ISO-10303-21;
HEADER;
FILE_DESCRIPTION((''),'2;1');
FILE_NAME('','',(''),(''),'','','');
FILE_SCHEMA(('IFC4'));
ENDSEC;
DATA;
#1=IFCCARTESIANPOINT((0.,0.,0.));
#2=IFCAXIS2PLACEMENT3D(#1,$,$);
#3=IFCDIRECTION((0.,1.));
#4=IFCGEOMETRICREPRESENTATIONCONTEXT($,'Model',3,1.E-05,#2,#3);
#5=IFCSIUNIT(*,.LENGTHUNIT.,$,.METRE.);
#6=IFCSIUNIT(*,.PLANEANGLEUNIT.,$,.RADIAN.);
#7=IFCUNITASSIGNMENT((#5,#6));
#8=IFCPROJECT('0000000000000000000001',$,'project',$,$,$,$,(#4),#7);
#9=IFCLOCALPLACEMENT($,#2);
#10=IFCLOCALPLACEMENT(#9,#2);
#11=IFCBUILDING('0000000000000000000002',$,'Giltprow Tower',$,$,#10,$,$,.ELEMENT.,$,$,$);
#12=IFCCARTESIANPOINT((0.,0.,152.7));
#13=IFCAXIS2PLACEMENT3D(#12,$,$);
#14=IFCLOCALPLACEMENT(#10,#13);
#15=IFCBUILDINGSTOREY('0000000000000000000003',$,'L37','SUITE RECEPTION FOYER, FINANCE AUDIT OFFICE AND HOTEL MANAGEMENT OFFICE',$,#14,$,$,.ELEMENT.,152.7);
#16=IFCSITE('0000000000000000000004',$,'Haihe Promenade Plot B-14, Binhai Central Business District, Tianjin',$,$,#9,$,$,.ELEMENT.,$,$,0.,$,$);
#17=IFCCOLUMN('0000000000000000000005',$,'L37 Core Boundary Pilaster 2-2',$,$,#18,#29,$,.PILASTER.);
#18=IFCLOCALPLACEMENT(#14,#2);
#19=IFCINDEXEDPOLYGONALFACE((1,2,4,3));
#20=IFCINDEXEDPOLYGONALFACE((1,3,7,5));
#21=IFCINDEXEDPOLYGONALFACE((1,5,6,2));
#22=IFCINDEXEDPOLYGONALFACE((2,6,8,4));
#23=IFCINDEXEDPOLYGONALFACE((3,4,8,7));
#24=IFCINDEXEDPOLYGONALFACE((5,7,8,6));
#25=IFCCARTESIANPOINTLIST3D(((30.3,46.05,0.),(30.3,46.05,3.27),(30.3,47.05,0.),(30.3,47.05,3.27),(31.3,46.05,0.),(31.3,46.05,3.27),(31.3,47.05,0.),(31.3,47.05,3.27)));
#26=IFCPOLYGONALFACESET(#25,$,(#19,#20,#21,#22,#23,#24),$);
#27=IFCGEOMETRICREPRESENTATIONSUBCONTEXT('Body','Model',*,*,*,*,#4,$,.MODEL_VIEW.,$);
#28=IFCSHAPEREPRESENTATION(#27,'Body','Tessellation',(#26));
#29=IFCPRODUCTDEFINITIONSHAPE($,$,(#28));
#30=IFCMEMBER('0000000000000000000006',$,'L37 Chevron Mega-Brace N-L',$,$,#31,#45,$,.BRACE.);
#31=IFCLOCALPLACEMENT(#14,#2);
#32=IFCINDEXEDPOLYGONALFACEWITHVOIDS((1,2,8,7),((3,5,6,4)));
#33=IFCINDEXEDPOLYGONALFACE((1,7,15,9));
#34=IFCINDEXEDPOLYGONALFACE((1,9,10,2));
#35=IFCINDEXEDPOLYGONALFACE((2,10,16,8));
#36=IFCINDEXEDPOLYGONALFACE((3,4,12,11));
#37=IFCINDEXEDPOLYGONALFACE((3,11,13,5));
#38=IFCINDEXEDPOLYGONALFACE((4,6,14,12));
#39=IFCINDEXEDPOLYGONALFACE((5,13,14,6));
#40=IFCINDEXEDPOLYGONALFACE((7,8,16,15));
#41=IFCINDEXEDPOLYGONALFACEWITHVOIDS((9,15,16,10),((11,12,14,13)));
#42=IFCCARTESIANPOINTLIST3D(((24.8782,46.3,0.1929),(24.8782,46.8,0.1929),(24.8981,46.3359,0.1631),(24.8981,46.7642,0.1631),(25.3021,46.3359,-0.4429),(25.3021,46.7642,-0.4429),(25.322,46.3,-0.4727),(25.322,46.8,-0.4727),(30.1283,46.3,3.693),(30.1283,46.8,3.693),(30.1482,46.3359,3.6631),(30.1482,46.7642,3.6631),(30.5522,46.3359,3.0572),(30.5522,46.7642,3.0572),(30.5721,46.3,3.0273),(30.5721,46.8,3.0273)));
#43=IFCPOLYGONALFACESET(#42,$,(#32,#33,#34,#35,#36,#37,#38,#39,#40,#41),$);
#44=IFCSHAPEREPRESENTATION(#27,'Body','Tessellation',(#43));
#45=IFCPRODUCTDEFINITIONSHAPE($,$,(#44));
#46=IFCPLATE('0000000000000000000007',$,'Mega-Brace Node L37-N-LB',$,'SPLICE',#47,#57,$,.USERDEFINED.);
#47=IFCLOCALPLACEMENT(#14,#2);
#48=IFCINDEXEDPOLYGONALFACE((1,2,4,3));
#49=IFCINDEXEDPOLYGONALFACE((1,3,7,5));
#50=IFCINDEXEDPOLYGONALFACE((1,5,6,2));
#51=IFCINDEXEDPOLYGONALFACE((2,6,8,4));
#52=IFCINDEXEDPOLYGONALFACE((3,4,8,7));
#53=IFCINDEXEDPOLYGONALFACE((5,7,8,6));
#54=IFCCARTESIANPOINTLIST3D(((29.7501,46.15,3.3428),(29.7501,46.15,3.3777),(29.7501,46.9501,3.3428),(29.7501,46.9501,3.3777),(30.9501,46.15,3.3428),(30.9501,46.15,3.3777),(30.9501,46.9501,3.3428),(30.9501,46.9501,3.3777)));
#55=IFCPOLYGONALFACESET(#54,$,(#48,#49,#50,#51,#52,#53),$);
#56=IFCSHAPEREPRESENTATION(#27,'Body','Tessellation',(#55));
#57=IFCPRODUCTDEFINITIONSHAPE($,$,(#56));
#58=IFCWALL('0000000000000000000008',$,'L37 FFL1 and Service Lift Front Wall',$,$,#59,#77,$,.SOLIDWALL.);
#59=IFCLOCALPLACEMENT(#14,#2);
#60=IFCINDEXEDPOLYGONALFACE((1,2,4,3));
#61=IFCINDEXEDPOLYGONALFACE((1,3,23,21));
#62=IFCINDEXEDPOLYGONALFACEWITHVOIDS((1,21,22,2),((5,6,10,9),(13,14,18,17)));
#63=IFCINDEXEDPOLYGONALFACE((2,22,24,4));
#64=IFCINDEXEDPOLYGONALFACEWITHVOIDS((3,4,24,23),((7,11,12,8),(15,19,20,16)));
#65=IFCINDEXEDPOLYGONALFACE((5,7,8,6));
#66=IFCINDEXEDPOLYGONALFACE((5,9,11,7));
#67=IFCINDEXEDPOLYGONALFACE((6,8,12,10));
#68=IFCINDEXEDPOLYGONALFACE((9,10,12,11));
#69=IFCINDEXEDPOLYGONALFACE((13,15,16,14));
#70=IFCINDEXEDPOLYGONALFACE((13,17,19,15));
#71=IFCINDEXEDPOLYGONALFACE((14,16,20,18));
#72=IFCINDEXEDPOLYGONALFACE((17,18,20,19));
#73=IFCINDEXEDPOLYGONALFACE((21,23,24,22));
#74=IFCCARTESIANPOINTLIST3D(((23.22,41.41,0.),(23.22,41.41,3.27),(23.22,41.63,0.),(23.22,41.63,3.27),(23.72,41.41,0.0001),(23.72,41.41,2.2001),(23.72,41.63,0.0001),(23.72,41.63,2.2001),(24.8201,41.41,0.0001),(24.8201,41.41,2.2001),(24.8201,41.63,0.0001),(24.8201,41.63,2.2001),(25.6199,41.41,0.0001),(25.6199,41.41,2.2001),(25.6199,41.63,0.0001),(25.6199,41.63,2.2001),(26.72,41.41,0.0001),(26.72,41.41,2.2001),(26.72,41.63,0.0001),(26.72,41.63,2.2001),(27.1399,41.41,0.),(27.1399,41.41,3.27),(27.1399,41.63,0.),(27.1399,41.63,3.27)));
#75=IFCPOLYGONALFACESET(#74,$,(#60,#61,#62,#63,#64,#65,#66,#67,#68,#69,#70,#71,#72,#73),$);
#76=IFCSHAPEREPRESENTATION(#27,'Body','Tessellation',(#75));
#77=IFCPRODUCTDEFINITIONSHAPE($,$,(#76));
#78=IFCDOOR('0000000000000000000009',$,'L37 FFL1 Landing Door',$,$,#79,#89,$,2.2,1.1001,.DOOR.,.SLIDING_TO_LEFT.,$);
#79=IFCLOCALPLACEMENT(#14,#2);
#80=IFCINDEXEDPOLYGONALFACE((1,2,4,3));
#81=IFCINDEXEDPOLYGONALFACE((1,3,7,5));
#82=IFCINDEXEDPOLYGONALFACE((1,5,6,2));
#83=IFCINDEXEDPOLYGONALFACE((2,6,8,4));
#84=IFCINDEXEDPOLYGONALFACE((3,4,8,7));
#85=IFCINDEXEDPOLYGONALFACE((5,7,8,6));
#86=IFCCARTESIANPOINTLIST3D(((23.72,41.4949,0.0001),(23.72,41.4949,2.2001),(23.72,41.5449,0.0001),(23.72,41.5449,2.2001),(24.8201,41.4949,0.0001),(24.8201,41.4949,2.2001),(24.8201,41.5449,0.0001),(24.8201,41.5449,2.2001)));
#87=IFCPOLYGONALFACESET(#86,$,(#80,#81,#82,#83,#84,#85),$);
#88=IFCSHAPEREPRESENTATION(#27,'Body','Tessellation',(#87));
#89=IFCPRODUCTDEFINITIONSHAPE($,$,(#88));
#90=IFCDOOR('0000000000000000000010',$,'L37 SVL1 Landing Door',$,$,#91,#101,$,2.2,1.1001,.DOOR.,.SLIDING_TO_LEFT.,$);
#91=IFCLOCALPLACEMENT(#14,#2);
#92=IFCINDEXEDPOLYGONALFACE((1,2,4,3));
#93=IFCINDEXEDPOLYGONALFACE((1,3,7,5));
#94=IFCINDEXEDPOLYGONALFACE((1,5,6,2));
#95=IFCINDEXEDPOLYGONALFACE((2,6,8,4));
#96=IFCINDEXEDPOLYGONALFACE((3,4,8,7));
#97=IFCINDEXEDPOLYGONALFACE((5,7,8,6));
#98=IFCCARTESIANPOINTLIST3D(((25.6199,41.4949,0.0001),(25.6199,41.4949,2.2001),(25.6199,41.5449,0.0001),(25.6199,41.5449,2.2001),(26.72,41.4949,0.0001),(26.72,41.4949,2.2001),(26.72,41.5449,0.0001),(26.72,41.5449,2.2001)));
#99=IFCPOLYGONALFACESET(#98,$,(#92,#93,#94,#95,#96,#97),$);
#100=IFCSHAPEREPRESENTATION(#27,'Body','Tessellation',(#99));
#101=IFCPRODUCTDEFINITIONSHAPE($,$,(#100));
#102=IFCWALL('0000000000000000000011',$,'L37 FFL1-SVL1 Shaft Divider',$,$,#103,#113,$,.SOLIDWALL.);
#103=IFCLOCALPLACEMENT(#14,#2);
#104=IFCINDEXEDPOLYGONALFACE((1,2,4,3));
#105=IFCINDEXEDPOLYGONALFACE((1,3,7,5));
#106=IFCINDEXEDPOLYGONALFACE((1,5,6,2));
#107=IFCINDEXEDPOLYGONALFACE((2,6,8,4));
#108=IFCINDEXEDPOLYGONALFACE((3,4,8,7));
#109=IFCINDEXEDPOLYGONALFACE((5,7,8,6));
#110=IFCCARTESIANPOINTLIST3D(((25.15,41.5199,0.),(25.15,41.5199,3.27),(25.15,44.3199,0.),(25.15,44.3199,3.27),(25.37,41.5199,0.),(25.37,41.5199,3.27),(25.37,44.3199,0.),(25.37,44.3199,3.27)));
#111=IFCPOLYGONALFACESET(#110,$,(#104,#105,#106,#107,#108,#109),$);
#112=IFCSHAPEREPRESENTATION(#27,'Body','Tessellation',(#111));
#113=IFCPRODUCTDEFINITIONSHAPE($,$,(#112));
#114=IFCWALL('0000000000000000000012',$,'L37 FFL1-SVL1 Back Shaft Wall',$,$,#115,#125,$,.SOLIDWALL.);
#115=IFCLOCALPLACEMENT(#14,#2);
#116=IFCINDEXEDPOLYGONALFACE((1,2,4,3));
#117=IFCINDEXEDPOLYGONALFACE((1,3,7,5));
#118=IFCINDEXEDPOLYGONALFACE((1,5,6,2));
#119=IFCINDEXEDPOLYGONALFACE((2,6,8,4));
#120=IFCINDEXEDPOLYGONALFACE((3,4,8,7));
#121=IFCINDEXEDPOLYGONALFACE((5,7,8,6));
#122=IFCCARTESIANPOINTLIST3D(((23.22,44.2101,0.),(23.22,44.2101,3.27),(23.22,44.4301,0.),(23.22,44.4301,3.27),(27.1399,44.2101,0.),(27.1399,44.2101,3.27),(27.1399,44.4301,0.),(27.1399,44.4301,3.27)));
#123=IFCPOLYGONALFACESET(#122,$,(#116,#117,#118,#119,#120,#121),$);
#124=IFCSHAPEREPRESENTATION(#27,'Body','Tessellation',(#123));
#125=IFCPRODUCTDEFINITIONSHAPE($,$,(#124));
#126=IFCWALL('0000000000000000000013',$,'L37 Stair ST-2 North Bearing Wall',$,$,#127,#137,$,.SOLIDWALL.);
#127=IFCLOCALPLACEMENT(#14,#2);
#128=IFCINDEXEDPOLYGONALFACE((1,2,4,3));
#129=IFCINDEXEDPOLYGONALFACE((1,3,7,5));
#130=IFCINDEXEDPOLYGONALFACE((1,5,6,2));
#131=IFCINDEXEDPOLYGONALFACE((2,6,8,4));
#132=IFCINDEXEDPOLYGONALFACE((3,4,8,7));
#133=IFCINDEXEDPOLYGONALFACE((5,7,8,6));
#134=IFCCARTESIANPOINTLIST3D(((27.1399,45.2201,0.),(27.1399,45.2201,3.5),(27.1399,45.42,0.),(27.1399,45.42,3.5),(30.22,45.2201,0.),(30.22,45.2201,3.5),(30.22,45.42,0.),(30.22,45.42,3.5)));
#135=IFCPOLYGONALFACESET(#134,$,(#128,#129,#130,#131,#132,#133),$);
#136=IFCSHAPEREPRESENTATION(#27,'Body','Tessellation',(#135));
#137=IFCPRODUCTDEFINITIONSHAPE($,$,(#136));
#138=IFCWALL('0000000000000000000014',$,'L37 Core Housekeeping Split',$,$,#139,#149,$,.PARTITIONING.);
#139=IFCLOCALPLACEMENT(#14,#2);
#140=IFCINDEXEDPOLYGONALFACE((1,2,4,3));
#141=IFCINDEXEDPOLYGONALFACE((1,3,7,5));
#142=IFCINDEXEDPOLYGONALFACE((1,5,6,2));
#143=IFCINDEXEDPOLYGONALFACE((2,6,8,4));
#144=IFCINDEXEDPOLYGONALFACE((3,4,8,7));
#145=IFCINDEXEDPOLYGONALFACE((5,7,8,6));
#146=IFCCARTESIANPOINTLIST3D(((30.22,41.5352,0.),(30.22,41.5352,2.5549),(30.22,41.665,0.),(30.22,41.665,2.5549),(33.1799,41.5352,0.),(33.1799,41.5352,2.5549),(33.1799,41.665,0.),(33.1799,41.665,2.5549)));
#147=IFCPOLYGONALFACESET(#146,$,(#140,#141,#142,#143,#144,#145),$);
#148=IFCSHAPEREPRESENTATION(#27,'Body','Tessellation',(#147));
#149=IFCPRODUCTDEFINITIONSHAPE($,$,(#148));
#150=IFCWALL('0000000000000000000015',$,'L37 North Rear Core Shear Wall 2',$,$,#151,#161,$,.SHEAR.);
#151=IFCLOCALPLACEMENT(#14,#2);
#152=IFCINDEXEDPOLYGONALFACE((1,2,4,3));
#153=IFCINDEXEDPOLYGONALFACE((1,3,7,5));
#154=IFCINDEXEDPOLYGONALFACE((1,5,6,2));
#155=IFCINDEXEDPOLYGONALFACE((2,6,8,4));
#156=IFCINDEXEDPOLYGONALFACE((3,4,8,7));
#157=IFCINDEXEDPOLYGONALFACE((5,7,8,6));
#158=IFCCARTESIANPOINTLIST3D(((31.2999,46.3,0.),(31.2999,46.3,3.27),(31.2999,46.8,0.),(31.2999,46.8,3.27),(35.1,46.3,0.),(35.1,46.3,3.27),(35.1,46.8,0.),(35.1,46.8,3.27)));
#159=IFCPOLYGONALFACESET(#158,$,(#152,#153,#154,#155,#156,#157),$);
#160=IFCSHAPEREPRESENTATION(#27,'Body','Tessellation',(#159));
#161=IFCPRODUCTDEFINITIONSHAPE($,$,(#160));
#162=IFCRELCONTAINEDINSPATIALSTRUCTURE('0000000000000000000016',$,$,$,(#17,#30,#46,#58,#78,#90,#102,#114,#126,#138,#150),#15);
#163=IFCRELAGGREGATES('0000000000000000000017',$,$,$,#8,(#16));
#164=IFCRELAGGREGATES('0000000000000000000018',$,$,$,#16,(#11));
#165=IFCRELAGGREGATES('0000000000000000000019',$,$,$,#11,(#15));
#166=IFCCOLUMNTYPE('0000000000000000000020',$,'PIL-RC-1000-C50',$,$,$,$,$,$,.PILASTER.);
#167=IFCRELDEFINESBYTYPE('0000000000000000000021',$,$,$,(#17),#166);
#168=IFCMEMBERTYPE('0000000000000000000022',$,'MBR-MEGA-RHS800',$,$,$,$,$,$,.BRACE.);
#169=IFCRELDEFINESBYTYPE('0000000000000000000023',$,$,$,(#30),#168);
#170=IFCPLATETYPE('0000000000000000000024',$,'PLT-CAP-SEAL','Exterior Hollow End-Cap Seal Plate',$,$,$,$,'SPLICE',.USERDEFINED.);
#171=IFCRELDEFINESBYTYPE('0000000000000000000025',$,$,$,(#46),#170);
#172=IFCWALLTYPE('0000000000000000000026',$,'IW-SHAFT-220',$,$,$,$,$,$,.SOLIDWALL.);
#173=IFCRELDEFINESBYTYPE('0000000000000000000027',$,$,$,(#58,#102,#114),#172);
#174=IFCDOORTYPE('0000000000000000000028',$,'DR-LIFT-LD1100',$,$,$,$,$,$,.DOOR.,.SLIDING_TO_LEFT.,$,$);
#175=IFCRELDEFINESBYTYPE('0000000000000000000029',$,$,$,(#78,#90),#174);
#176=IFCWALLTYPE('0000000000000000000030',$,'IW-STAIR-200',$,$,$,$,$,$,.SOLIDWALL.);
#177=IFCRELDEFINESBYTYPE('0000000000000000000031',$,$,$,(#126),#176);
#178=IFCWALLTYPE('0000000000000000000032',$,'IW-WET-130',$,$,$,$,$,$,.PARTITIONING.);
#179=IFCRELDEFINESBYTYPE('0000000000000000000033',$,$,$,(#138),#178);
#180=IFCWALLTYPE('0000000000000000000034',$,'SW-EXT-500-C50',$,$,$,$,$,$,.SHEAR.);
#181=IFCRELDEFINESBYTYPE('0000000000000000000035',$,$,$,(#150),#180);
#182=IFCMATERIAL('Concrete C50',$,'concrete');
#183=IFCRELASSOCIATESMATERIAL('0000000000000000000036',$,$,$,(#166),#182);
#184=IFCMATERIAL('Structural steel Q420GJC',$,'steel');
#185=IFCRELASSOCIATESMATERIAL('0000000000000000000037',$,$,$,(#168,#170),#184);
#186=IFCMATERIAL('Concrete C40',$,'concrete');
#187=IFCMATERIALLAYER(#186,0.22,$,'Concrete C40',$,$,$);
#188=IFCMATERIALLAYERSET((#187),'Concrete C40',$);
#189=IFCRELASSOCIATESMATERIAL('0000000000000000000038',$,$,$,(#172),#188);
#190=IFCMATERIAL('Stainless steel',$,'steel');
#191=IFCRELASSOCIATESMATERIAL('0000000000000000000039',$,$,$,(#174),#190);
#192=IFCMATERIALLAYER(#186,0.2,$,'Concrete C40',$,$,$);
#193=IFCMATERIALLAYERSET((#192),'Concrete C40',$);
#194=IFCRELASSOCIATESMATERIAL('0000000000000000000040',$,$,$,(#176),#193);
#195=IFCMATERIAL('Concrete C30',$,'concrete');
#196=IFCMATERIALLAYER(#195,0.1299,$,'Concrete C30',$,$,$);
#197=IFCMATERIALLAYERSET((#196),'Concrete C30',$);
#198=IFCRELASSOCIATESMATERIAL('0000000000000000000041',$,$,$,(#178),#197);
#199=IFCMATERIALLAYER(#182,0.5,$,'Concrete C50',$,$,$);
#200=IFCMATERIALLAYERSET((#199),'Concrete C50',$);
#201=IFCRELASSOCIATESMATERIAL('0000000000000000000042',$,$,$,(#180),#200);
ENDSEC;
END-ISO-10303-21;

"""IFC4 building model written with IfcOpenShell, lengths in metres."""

from ifc_helpers import new_model, si_unit, direction, frame, frame_2d, origin, origin_2d, place, context, subcontext, project, spatial, rectangle, hollow_rectangle, extrude, source, transform, mapped, material, layer, layer_set, material_profile, profile_set, type_object, element, fill, save


model = new_model("IFC4")

# Units and contexts
model_context = context("Model", 3, precision=1e-05, world=origin(), true_north=direction((0.0, 1.0)))
body_context = subcontext(model_context, "Body", "Model", "MODEL_VIEW")
ifc_project = project(units=[si_unit("LENGTHUNIT", "METRE"), si_unit("PLANEANGLEUNIT", "RADIAN")], contexts=[model_context])

# Site, building, storey
site_placement = place(None, origin())
site = spatial("IfcSite", under=ifc_project, at=site_placement, Name="Haihe Promenade Plot B-14, Binhai Central Business District, Tianjin", CompositionType="ELEMENT", RefElevation=0.0)
building_placement = place(site_placement, origin())
building = spatial("IfcBuilding", under=site, at=building_placement, Name="Giltprow Tower", CompositionType="ELEMENT")
storey_placement = place(building_placement, frame((0.0, 0.0, 152.7)))
storey = spatial("IfcBuildingStorey", under=building, at=storey_placement, Name="L37", Description="SUITE RECEPTION FOYER, FINANCE AUDIT OFFICE AND HOTEL MANAGEMENT OFFICE", CompositionType="ELEMENT", Elevation=152.7)

# Column
ifc_material_1 = material(Name="Concrete C50", Category="concrete")
ifc_material_profile_1 = material_profile(ifc_material_1, rectangle(XDim=1.0, YDim=1.0, at=origin_2d()), Name="RC 1000x1000")
ifc_profile_set_1 = profile_set([ifc_material_profile_1], Name="Concrete C50")
column_type = type_object("IfcColumnType", Name="PIL-RC-1000-C50", PredefinedType="PILASTER", material=ifc_profile_set_1)
shared_shape_1 = source(origin(), body_context, "Body", "SweptSolid", [
    extrude(rectangle(XDim=1.0, YDim=1.0, at=origin_2d()), origin(), (0.0, 0.0, 1.0), 3.27),
])
column_placement = place(storey_placement, frame((30.8, 46.55, 0.0), z_axis=(0.0, 0.0, 1.0), x_axis=(1.0, 0.0, 0.0)))
element("IfcColumn", 1, at=column_placement, inside=storey, type_object=column_type, Name="L37 Core Boundary Pilaster 2-2", PredefinedType="PILASTER", context=body_context, shape_type="MappedRepresentation", body=[
    mapped(shared_shape_1, transform((0.0, 0.0, 0.0), x_axis=(1.0, 0.0, 0.0), y_axis=(0.0, 1.0, 0.0), z_axis=(0.0, 0.0, 1.0), scale=1.0)),
])

# Member
ifc_material_2 = material(Name="Structural steel Q420GJC", Category="steel")
ifc_material_profile_2 = material_profile(ifc_material_2, hollow_rectangle(XDim=0.5, YDim=0.8, WallThickness=0.0359, at=origin_2d()), Name="RHS 800x500x36")
ifc_profile_set_2 = profile_set([ifc_material_profile_2], Name="Structural steel Q420GJC")
member_type = type_object("IfcMemberType", Name="MBR-MEGA-RHS800", PredefinedType="BRACE", material=ifc_profile_set_2)
shared_shape_2 = source(origin(), body_context, "Body", "SweptSolid", [
    extrude(hollow_rectangle(XDim=0.5, YDim=0.8, WallThickness=0.0359, at=origin_2d()), origin(), (0.0, 0.0, 1.0), 6.3098),
])
member_placement = place(storey_placement, frame((25.1001, 46.55, -0.1399), z_axis=(0.83205, 0.0, 0.5547), x_axis=(0.0, 1.0, 0.0)))
element("IfcMember", 2, at=member_placement, inside=storey, type_object=member_type, Name="L37 Chevron Mega-Brace N-L", PredefinedType="BRACE", context=body_context, shape_type="MappedRepresentation", body=[
    mapped(shared_shape_2, transform((0.0, 0.0, 0.0), x_axis=(1.0, 0.0, 0.0), y_axis=(0.0, 1.0, 0.0), z_axis=(0.0, 0.0, 1.0), scale=1.0)),
])

# Plate
plate_type = type_object("IfcPlateType", Name="PLT-CAP-SEAL", Description="Exterior Hollow End-Cap Seal Plate", ElementType="SPLICE", PredefinedType="USERDEFINED", material=ifc_material_2)
shared_shape_3 = source(origin(), body_context, "Body", "SweptSolid", [
    extrude(rectangle(XDim=1.2, YDim=0.8, at=origin_2d()), origin(), (0.0, 0.0, 1.0), 0.0349),
])
plate_placement = place(storey_placement, frame((30.3501, 46.55, 3.3428), z_axis=(0.0, 0.0, 1.0), x_axis=(1.0, 0.0, 0.0)))
element("IfcPlate", 3, at=plate_placement, inside=storey, type_object=plate_type, Name="Mega-Brace Node L37-N-LB", ObjectType="SPLICE", PredefinedType="USERDEFINED", context=body_context, shape_type="MappedRepresentation", body=[
    mapped(shared_shape_3, transform((0.0, 0.0, 0.0), x_axis=(1.0, 0.0, 0.0), y_axis=(0.0, 1.0, 0.0), z_axis=(0.0, 0.0, 1.0), scale=1.0)),
])

# Wall, openings, doors
ifc_material_3 = material(Name="Concrete C40", Category="concrete")
ifc_layer_1 = layer(ifc_material_3, 0.22, Name="Concrete C40")
ifc_layer_set_1 = layer_set([ifc_layer_1], Name="Concrete C40")
wall_type_1 = type_object("IfcWallType", Name="IW-SHAFT-220", PredefinedType="SOLIDWALL", material=ifc_layer_set_1)
wall_1_placement = place(storey_placement, frame((23.22, 41.52, 0.0), z_axis=(0.0, 0.0, 1.0), x_axis=(1.0, 0.0, 0.0)))
wall_1 = element("IfcWall", 4, at=wall_1_placement, inside=storey, type_object=wall_type_1, Name="L37 FFL1 and Service Lift Front Wall", PredefinedType="SOLIDWALL", context=body_context, shape_type="SweptSolid", body=[
    extrude(rectangle(XDim=3.9199, YDim=0.22, at=frame_2d((1.96, 0.0))), origin(), (0.0, 0.0, 1.0), 3.27),
])
opening_1_placement = place(wall_1_placement, frame((0.5, 0.0, 0.0)))
opening_1 = element("IfcOpeningElement", 5, at=opening_1_placement, cuts=wall_1, PredefinedType="OPENING", context=body_context, shape_type="SweptSolid", body=[
    extrude(rectangle(XDim=1.1001, YDim=2.2, at=frame_2d((0.55, 1.1001))), frame((0.0, 0.1199, 0.0), z_axis=(0.0, -1.0, 0.0), x_axis=(1.0, 0.0, 0.0)), (0.0, 0.0, 1.0), 0.24),
])
opening_2_placement = place(wall_1_placement, frame((2.3999, 0.0, 0.0)))
opening_2 = element("IfcOpeningElement", 6, at=opening_2_placement, cuts=wall_1, PredefinedType="OPENING", context=body_context, shape_type="SweptSolid", body=[
    extrude(rectangle(XDim=1.1001, YDim=2.2, at=frame_2d((0.55, 1.1001))), frame((0.0, 0.1199, 0.0), z_axis=(0.0, -1.0, 0.0), x_axis=(1.0, 0.0, 0.0)), (0.0, 0.0, 1.0), 0.24),
])
ifc_material_4 = material(Name="Stainless steel", Category="steel")
door_type = type_object("IfcDoorType", Name="DR-LIFT-LD1100", OperationType="SLIDING_TO_LEFT", PredefinedType="DOOR", material=ifc_material_4)
shared_shape_4 = source(origin(), body_context, "Body", "SweptSolid", [
    extrude(rectangle(XDim=1.1001, YDim=2.2, at=frame_2d((0.55, 1.1001))), frame((0.0, 0.0249, 0.0), z_axis=(0.0, -1.0, 0.0), x_axis=(1.0, 0.0, 0.0)), (0.0, 0.0, 1.0), 0.05),
])
door_1_placement = place(opening_1_placement, origin())
door_1 = element("IfcDoor", 7, at=door_1_placement, inside=storey, type_object=door_type, Name="L37 FFL1 Landing Door", OperationType="SLIDING_TO_LEFT", OverallHeight=2.2, OverallWidth=1.1001, PredefinedType="DOOR", context=body_context, shape_type="MappedRepresentation", body=[
    mapped(shared_shape_4, transform((0.0, 0.0, 0.0), x_axis=(1.0, 0.0, 0.0), y_axis=(0.0, 1.0, 0.0), z_axis=(0.0, 0.0, 1.0), scale=1.0)),
])
fill(opening_1, door_1)
door_2_placement = place(opening_2_placement, origin())
door_2 = element("IfcDoor", 8, at=door_2_placement, inside=storey, type_object=door_type, Name="L37 SVL1 Landing Door", OperationType="SLIDING_TO_LEFT", OverallHeight=2.2, OverallWidth=1.1001, PredefinedType="DOOR", context=body_context, shape_type="MappedRepresentation", body=[
    mapped(shared_shape_4, transform((0.0, 0.0, 0.0), x_axis=(1.0, 0.0, 0.0), y_axis=(0.0, 1.0, 0.0), z_axis=(0.0, 0.0, 1.0), scale=1.0)),
])
fill(opening_2, door_2)

# Walls
wall_2_placement = place(storey_placement, frame((25.26, 41.52, 0.0), z_axis=(0.0, 0.0, 1.0), x_axis=(0.0, 1.0, 0.0)))
element("IfcWall", 9, at=wall_2_placement, inside=storey, type_object=wall_type_1, Name="L37 FFL1-SVL1 Shaft Divider", PredefinedType="SOLIDWALL", context=body_context, shape_type="SweptSolid", body=[
    extrude(rectangle(XDim=2.8, YDim=0.22, at=frame_2d((1.3999, 0.0))), origin(), (0.0, 0.0, 1.0), 3.27),
])
wall_3_placement = place(storey_placement, frame((23.22, 44.3201, 0.0), z_axis=(0.0, 0.0, 1.0), x_axis=(1.0, 0.0, 0.0)))
element("IfcWall", 10, at=wall_3_placement, inside=storey, type_object=wall_type_1, Name="L37 FFL1-SVL1 Back Shaft Wall", PredefinedType="SOLIDWALL", context=body_context, shape_type="SweptSolid", body=[
    extrude(rectangle(XDim=3.9199, YDim=0.22, at=frame_2d((1.96, 0.0))), origin(), (0.0, 0.0, 1.0), 3.27),
])
ifc_layer_2 = layer(ifc_material_3, 0.2, Name="Concrete C40")
ifc_layer_set_2 = layer_set([ifc_layer_2], Name="Concrete C40")
wall_type_2 = type_object("IfcWallType", Name="IW-STAIR-200", PredefinedType="SOLIDWALL", material=ifc_layer_set_2)
wall_4_placement = place(storey_placement, frame((27.1399, 45.3201, 0.0), z_axis=(0.0, 0.0, 1.0), x_axis=(1.0, 0.0, 0.0)))
element("IfcWall", 11, at=wall_4_placement, inside=storey, type_object=wall_type_2, Name="L37 Stair ST-2 North Bearing Wall", PredefinedType="SOLIDWALL", context=body_context, shape_type="SweptSolid", body=[
    extrude(rectangle(XDim=3.0801, YDim=0.2, at=frame_2d((1.54, 0.0))), origin(), (0.0, 0.0, 1.0), 3.5),
])
ifc_material_5 = material(Name="Concrete C30", Category="concrete")
ifc_layer_3 = layer(ifc_material_5, 0.1299, Name="Concrete C30")
ifc_layer_set_3 = layer_set([ifc_layer_3], Name="Concrete C30")
wall_type_3 = type_object("IfcWallType", Name="IW-WET-130", PredefinedType="PARTITIONING", material=ifc_layer_set_3)
wall_5_placement = place(storey_placement, frame((30.22, 41.6001, 0.0), z_axis=(0.0, 0.0, 1.0), x_axis=(1.0, 0.0, 0.0)))
element("IfcWall", 12, at=wall_5_placement, inside=storey, type_object=wall_type_3, Name="L37 Core Housekeeping Split", PredefinedType="PARTITIONING", context=body_context, shape_type="SweptSolid", body=[
    extrude(rectangle(XDim=2.96, YDim=0.1299, at=frame_2d((1.48, 0.0))), origin(), (0.0, 0.0, 1.0), 2.5549),
])
ifc_layer_4 = layer(ifc_material_1, 0.5, Name="Concrete C50")
ifc_layer_set_4 = layer_set([ifc_layer_4], Name="Concrete C50")
wall_type_4 = type_object("IfcWallType", Name="SW-EXT-500-C50", PredefinedType="SHEAR", material=ifc_layer_set_4)
wall_6_placement = place(storey_placement, frame((31.3, 46.55, 0.0), z_axis=(0.0, 0.0, 1.0), x_axis=(1.0, 0.0, 0.0)))
element("IfcWall", 13, at=wall_6_placement, inside=storey, type_object=wall_type_4, Name="L37 North Rear Core Shear Wall 2", PredefinedType="SHEAR", context=body_context, shape_type="SweptSolid", body=[
    extrude(rectangle(XDim=3.8, YDim=0.5, at=frame_2d((1.8999, 0.0))), origin(), (0.0, 0.0, 1.0), 3.27),
])

save(model, "model.ifc")
